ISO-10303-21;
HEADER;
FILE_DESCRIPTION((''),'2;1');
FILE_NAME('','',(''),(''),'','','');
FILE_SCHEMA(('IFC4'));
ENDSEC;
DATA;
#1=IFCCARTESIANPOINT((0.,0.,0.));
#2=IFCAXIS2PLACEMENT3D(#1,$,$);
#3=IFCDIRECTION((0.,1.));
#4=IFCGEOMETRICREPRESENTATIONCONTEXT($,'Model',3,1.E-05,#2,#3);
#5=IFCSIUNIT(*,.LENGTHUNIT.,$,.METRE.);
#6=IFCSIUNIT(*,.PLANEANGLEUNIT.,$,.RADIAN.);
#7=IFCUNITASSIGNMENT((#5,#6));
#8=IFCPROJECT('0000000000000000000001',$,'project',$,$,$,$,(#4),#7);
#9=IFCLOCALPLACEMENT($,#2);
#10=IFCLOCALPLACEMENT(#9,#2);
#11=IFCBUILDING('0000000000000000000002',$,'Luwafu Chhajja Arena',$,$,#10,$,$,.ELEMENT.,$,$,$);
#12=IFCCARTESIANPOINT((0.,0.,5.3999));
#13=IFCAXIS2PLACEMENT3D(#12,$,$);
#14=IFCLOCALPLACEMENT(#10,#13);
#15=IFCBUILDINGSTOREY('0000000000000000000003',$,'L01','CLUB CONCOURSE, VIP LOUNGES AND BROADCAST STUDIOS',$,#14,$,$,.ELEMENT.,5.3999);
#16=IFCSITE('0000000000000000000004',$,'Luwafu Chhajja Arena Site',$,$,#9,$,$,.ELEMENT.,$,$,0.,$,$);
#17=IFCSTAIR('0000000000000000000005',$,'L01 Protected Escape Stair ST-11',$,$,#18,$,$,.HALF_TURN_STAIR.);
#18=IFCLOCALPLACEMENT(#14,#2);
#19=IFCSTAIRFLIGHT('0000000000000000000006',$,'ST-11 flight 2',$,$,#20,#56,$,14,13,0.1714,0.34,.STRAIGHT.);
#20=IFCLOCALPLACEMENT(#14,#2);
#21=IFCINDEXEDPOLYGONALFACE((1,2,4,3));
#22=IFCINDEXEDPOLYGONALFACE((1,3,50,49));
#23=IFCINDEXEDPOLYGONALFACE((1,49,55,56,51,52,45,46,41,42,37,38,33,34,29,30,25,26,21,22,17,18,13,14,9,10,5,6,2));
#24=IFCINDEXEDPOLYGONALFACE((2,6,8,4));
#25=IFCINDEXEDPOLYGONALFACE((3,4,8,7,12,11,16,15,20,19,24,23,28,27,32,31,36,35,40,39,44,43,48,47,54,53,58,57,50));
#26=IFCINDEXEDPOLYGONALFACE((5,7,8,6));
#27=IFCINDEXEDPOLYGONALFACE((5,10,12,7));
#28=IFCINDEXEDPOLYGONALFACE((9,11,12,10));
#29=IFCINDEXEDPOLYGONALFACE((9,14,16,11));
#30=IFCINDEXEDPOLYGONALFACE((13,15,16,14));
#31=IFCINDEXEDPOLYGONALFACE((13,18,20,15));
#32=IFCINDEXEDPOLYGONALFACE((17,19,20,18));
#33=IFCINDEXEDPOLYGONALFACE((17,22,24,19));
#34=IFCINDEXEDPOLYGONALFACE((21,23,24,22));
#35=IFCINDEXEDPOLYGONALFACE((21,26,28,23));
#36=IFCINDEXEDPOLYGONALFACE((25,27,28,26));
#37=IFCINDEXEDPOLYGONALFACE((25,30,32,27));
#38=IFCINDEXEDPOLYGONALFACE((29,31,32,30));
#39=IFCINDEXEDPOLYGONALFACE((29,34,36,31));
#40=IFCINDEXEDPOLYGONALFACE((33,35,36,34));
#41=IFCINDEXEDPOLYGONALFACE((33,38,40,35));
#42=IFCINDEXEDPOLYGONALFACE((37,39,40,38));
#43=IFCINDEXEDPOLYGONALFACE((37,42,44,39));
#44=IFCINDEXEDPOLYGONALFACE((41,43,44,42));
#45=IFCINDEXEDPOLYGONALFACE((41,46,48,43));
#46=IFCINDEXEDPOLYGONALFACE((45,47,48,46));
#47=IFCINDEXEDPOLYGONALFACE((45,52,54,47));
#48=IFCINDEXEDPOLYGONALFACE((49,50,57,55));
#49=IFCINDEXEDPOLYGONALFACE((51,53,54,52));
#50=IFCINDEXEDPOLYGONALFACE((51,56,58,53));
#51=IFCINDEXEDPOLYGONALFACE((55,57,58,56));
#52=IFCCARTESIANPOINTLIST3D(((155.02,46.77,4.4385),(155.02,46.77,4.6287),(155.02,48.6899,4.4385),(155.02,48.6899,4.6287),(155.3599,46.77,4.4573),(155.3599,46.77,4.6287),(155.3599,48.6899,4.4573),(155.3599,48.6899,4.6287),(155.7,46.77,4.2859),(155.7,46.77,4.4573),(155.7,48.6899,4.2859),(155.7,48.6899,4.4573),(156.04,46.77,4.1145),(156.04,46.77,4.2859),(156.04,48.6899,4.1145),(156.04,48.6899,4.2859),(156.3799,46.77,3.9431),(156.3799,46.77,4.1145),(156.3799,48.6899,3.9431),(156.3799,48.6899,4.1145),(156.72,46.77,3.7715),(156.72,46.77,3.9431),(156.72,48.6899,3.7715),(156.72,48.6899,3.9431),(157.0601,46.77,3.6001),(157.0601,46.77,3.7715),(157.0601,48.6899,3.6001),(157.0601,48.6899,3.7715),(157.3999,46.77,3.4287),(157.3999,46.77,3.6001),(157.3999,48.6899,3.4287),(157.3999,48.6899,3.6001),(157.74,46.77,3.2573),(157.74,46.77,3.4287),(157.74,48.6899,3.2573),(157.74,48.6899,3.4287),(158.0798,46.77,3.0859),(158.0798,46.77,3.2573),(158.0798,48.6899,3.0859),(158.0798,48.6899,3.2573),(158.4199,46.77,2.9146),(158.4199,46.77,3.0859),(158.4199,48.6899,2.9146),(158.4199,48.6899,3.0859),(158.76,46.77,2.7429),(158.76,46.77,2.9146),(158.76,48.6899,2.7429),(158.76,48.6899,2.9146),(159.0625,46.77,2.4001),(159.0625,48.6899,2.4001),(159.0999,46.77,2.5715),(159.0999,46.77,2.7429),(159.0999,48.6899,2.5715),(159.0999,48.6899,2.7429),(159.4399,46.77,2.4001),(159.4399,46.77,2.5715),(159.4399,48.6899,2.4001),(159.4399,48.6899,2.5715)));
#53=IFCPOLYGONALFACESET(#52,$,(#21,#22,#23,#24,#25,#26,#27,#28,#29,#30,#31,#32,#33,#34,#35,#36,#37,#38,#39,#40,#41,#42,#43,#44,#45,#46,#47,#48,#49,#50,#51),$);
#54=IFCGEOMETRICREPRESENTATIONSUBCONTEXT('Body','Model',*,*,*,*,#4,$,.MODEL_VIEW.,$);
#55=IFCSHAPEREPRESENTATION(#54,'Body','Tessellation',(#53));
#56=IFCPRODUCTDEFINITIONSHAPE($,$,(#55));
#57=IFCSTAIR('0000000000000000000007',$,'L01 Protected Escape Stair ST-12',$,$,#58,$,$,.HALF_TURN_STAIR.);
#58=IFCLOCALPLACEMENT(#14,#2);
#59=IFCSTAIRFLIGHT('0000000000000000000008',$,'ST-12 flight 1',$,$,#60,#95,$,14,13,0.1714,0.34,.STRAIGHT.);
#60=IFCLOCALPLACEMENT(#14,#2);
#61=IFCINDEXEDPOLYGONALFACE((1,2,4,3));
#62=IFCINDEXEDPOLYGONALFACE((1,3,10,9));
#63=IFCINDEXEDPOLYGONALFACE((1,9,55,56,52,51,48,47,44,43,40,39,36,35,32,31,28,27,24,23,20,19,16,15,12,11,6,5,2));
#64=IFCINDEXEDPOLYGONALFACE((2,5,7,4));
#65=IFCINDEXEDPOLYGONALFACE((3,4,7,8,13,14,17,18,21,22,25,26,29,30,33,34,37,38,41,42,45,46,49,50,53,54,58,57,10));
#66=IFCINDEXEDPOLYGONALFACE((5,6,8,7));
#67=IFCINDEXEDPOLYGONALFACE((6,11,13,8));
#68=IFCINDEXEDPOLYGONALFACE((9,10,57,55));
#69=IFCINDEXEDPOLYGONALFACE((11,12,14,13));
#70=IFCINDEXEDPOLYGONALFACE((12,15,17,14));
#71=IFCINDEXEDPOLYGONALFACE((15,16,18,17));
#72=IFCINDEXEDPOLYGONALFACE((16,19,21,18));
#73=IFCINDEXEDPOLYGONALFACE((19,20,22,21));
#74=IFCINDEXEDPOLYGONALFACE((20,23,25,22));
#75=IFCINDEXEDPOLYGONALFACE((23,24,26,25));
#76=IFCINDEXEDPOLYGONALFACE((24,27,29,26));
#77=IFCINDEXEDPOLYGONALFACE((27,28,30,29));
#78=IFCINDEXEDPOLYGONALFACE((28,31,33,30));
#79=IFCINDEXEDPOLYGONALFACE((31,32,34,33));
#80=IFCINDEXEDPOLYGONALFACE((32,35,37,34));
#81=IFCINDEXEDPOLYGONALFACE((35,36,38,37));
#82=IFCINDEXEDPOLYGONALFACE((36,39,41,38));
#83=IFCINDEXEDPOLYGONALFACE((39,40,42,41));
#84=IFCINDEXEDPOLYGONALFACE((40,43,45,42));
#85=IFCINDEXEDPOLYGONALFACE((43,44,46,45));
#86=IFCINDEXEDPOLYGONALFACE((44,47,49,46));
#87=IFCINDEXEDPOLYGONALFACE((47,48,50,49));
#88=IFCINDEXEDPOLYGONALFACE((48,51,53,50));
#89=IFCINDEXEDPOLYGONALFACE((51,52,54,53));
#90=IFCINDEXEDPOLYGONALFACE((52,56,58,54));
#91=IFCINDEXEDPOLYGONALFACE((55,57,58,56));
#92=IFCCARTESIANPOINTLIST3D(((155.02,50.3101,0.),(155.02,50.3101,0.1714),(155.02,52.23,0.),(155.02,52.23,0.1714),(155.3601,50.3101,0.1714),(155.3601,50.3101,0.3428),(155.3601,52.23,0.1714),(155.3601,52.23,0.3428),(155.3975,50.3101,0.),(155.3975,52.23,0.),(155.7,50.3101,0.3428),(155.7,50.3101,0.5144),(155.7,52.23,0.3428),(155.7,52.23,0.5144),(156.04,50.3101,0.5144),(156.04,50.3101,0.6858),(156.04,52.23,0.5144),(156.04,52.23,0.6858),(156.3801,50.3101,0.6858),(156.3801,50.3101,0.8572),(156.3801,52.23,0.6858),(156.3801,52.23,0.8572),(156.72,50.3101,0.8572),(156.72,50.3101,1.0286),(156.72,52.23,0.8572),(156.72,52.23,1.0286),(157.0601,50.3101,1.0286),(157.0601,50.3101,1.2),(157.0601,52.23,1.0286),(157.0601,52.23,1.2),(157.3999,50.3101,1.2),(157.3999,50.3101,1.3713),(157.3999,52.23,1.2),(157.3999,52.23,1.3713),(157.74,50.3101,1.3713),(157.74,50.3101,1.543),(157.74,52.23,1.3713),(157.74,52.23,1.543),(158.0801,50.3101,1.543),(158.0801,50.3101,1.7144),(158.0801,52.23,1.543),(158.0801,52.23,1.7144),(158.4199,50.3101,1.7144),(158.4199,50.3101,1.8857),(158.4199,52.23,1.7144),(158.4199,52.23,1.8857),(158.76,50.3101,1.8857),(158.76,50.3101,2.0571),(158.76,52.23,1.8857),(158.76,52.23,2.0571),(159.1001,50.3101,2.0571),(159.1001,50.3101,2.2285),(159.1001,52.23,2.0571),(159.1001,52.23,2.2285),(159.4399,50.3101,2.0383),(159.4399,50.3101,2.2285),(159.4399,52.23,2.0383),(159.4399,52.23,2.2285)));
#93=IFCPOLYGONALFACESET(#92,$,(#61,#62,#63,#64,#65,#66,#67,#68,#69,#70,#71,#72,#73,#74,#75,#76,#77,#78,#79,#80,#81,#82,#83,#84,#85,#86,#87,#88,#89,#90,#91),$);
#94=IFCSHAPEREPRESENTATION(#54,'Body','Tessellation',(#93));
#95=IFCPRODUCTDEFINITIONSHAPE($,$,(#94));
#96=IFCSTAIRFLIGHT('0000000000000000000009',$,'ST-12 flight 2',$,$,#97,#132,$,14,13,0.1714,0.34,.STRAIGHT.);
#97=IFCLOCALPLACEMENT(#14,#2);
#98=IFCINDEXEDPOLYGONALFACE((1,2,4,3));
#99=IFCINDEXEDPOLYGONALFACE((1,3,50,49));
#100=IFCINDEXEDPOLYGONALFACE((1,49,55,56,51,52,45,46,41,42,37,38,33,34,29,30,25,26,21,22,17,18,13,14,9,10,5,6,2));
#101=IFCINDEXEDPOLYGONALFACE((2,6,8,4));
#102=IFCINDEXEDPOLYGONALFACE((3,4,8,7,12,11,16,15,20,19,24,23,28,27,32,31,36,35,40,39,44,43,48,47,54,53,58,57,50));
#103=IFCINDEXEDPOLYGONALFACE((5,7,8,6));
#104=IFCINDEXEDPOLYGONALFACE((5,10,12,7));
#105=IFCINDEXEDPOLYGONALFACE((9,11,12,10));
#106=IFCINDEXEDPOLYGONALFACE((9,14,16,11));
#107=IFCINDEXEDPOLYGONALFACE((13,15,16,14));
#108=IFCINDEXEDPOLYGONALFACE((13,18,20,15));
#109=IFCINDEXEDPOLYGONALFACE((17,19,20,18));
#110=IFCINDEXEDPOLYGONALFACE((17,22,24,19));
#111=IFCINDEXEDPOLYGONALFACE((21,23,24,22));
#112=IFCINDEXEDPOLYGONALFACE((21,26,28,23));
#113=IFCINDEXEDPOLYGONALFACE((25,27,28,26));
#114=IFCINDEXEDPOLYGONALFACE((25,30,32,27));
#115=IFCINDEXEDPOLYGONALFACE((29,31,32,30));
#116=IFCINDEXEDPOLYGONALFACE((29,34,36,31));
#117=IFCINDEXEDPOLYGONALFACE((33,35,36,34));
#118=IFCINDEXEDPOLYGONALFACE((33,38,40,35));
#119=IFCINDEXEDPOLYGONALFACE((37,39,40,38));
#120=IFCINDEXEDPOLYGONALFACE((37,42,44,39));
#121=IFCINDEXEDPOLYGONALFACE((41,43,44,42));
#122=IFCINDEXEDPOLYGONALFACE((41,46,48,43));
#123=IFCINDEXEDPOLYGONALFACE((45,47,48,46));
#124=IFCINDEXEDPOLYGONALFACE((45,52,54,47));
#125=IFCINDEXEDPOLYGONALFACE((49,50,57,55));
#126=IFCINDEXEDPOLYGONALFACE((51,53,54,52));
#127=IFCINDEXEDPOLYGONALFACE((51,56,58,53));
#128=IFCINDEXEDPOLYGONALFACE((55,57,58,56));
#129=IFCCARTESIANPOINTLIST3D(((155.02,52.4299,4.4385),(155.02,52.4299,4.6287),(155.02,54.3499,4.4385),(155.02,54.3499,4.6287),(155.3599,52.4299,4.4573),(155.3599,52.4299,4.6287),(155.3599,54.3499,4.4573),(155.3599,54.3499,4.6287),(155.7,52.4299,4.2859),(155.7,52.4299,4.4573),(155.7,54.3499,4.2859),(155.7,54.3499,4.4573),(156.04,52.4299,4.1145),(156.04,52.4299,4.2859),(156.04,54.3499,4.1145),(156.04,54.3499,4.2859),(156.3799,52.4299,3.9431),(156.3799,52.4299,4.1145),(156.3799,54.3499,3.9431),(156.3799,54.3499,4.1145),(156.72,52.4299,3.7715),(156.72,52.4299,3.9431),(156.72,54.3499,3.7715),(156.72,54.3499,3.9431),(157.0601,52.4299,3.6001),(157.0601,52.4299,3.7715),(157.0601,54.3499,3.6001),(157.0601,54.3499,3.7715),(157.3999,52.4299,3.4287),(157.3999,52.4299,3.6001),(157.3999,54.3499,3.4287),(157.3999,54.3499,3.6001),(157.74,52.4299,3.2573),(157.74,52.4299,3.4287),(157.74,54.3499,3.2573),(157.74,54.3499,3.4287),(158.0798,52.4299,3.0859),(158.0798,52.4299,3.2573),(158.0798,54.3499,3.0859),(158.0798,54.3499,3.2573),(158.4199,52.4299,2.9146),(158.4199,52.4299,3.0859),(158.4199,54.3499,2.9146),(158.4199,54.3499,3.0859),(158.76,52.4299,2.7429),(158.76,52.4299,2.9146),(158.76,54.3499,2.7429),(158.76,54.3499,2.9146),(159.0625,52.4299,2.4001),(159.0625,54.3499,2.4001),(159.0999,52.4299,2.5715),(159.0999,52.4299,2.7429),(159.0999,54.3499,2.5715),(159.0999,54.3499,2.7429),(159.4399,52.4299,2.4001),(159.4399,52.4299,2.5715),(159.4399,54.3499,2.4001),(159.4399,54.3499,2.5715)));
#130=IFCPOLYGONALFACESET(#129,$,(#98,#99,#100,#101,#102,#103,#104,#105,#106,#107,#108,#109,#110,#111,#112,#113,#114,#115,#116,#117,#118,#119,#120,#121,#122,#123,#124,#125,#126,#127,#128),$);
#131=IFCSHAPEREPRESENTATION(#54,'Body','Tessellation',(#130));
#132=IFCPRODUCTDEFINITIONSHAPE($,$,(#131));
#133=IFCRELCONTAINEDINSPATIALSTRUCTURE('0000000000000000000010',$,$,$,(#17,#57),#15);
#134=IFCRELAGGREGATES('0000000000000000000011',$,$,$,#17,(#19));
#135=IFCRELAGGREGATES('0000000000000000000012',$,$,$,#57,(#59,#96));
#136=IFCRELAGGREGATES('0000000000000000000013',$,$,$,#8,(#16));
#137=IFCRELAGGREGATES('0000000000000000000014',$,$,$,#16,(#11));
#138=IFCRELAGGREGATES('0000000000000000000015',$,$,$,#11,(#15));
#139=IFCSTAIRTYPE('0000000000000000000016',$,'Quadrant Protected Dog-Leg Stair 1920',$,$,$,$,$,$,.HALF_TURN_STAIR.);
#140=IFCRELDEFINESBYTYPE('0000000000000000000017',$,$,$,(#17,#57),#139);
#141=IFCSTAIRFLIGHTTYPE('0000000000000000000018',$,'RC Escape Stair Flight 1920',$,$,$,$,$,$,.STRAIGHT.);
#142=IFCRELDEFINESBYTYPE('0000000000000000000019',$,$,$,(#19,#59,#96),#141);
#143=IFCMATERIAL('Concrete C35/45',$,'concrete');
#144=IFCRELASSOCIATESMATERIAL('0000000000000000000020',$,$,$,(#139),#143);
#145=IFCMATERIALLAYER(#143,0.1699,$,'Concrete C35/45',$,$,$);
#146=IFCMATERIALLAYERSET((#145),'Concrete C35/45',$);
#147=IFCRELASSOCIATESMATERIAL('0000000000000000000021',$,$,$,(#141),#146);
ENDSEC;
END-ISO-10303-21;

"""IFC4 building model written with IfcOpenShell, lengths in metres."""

from ifc_helpers import new_model, si_unit, direction, frame, origin, place, context, subcontext, project, spatial, polyline, outline, extrude, material, layer, layer_set, type_object, element, aggregate, save


model = new_model("IFC4")

# Units and contexts
model_context = context("Model", 3, precision=1e-05, world=origin(), true_north=direction((0.0, 1.0)))
body_context = subcontext(model_context, "Body", "Model", "MODEL_VIEW")
ifc_project = project(units=[si_unit("LENGTHUNIT", "METRE"), si_unit("PLANEANGLEUNIT", "RADIAN")], contexts=[model_context])

# Site, building, storey
site_placement = place(None, origin())
site = spatial("IfcSite", under=ifc_project, at=site_placement, Name="Luwafu Chhajja Arena Site", CompositionType="ELEMENT", RefElevation=0.0)
building_placement = place(site_placement, origin())
building = spatial("IfcBuilding", under=site, at=building_placement, Name="Luwafu Chhajja Arena", CompositionType="ELEMENT")
storey_placement = place(building_placement, frame((0.0, 0.0, 5.3999)))
storey = spatial("IfcBuildingStorey", under=building, at=storey_placement, Name="L01", Description="CLUB CONCOURSE, VIP LOUNGES AND BROADCAST STUDIOS", CompositionType="ELEMENT", Elevation=5.3999)

# Shared definitions
ifc_material_1 = material(Name="Concrete C35/45", Category="concrete")

# Stair, stair flight
stair_type = type_object("IfcStairType", Name="Quadrant Protected Dog-Leg Stair 1920", PredefinedType="HALF_TURN_STAIR", material=ifc_material_1)
stair_1_placement = place(storey_placement, origin())
stair_1 = element("IfcStair", 1, at=stair_1_placement, inside=storey, type_object=stair_type, Name="L01 Protected Escape Stair ST-11", PredefinedType="HALF_TURN_STAIR")
ifc_layer_1 = layer(ifc_material_1, 0.1699, Name="Concrete C35/45")
ifc_layer_set_1 = layer_set([ifc_layer_1], Name="Concrete C35/45")
stair_flight_type = type_object("IfcStairFlightType", Name="RC Escape Stair Flight 1920", PredefinedType="STRAIGHT", material=ifc_layer_set_1)
stair_flight_1_placement = place(storey_placement, frame((159.4399, 47.73, 2.4001), z_axis=(0.0, 0.0, 1.0), x_axis=(-1.0, 0.0, 0.0)))
stair_flight_1 = element("IfcStairFlight", 2, at=stair_flight_1_placement, type_object=stair_flight_type, Name="ST-11 flight 2", NumberOfRisers=14, NumberOfTreads=13, PredefinedType="STRAIGHT", RiserHeight=0.1714, TreadLength=0.34, context=body_context, shape_type="SweptSolid", body=[
    extrude(outline(polyline([(0.0, 0.0), (0.0, 0.1714), (0.3401, 0.1714), (0.3401, 0.3428), (0.6799, 0.3428), (0.6799, 0.5144), (1.02, 0.5144), (1.02, 0.6858), (1.3601, 0.6858), (1.3601, 0.8572), (1.7, 0.8572), (1.7, 1.0286), (2.04, 1.0286), (2.04, 1.2), (2.3799, 1.2), (2.3799, 1.3713), (2.72, 1.3713), (2.72, 1.543), (3.0601, 1.543), (3.0601, 1.7144), (3.3999, 1.7144), (3.3999, 1.8857), (3.74, 1.8857), (3.74, 2.0571), (4.0801, 2.0571), (4.0801, 2.2285), (4.4199, 2.2285), (4.4199, 2.3999), (4.4199, 2.0383), (0.3774, 0.0), (0.0, 0.0)])), frame((0.0, 0.96, 0.0), z_axis=(0.0, -1.0, 0.0), x_axis=(1.0, 0.0, 0.0)), (0.0, 0.0, 1.0), 1.9199),
])
aggregate(stair_1, [stair_flight_1])

# Stair, stair flights
stair_2_placement = place(storey_placement, origin())
stair_2 = element("IfcStair", 3, at=stair_2_placement, inside=storey, type_object=stair_type, Name="L01 Protected Escape Stair ST-12", PredefinedType="HALF_TURN_STAIR")
stair_flight_2_placement = place(storey_placement, frame((155.02, 51.27, 0.0), z_axis=(0.0, 0.0, 1.0), x_axis=(1.0, 0.0, 0.0)))
stair_flight_2 = element("IfcStairFlight", 4, at=stair_flight_2_placement, type_object=stair_flight_type, Name="ST-12 flight 1", NumberOfRisers=14, NumberOfTreads=13, PredefinedType="STRAIGHT", RiserHeight=0.1714, TreadLength=0.34, context=body_context, shape_type="SweptSolid", body=[
    extrude(outline(polyline([(0.0, 0.0), (0.0, 0.1714), (0.3401, 0.1714), (0.3401, 0.3428), (0.6799, 0.3428), (0.6799, 0.5144), (1.02, 0.5144), (1.02, 0.6858), (1.3601, 0.6858), (1.3601, 0.8572), (1.7, 0.8572), (1.7, 1.0286), (2.04, 1.0286), (2.04, 1.2), (2.3799, 1.2), (2.3799, 1.3713), (2.72, 1.3713), (2.72, 1.543), (3.0601, 1.543), (3.0601, 1.7144), (3.3999, 1.7144), (3.3999, 1.8857), (3.74, 1.8857), (3.74, 2.0571), (4.0801, 2.0571), (4.0801, 2.2285), (4.4199, 2.2285), (4.4199, 2.3999), (4.4199, 2.0383), (0.3774, 0.0), (0.0, 0.0)])), frame((0.0, 0.96, 0.0), z_axis=(0.0, -1.0, 0.0), x_axis=(1.0, 0.0, 0.0)), (0.0, 0.0, 1.0), 1.9199),
])
stair_flight_3_placement = place(storey_placement, frame((159.4399, 53.3899, 2.4001), z_axis=(0.0, 0.0, 1.0), x_axis=(-1.0, 0.0, 0.0)))
stair_flight_3 = element("IfcStairFlight", 5, at=stair_flight_3_placement, type_object=stair_flight_type, Name="ST-12 flight 2", NumberOfRisers=14, NumberOfTreads=13, PredefinedType="STRAIGHT", RiserHeight=0.1714, TreadLength=0.34, context=body_context, shape_type="SweptSolid", body=[
    extrude(outline(polyline([(0.0, 0.0), (0.0, 0.1714), (0.3401, 0.1714), (0.3401, 0.3428), (0.6799, 0.3428), (0.6799, 0.5144), (1.02, 0.5144), (1.02, 0.6858), (1.3601, 0.6858), (1.3601, 0.8572), (1.7, 0.8572), (1.7, 1.0286), (2.04, 1.0286), (2.04, 1.2), (2.3799, 1.2), (2.3799, 1.3713), (2.72, 1.3713), (2.72, 1.543), (3.0601, 1.543), (3.0601, 1.7144), (3.3999, 1.7144), (3.3999, 1.8857), (3.74, 1.8857), (3.74, 2.0571), (4.0801, 2.0571), (4.0801, 2.2285), (4.4199, 2.2285), (4.4199, 2.3999), (4.4199, 2.0383), (0.3774, 0.0), (0.0, 0.0)])), frame((0.0, 0.96, 0.0), z_axis=(0.0, -1.0, 0.0), x_axis=(1.0, 0.0, 0.0)), (0.0, 0.0, 1.0), 1.9199),
])
aggregate(stair_2, [stair_flight_2, stair_flight_3])

save(model, "model.ifc")
